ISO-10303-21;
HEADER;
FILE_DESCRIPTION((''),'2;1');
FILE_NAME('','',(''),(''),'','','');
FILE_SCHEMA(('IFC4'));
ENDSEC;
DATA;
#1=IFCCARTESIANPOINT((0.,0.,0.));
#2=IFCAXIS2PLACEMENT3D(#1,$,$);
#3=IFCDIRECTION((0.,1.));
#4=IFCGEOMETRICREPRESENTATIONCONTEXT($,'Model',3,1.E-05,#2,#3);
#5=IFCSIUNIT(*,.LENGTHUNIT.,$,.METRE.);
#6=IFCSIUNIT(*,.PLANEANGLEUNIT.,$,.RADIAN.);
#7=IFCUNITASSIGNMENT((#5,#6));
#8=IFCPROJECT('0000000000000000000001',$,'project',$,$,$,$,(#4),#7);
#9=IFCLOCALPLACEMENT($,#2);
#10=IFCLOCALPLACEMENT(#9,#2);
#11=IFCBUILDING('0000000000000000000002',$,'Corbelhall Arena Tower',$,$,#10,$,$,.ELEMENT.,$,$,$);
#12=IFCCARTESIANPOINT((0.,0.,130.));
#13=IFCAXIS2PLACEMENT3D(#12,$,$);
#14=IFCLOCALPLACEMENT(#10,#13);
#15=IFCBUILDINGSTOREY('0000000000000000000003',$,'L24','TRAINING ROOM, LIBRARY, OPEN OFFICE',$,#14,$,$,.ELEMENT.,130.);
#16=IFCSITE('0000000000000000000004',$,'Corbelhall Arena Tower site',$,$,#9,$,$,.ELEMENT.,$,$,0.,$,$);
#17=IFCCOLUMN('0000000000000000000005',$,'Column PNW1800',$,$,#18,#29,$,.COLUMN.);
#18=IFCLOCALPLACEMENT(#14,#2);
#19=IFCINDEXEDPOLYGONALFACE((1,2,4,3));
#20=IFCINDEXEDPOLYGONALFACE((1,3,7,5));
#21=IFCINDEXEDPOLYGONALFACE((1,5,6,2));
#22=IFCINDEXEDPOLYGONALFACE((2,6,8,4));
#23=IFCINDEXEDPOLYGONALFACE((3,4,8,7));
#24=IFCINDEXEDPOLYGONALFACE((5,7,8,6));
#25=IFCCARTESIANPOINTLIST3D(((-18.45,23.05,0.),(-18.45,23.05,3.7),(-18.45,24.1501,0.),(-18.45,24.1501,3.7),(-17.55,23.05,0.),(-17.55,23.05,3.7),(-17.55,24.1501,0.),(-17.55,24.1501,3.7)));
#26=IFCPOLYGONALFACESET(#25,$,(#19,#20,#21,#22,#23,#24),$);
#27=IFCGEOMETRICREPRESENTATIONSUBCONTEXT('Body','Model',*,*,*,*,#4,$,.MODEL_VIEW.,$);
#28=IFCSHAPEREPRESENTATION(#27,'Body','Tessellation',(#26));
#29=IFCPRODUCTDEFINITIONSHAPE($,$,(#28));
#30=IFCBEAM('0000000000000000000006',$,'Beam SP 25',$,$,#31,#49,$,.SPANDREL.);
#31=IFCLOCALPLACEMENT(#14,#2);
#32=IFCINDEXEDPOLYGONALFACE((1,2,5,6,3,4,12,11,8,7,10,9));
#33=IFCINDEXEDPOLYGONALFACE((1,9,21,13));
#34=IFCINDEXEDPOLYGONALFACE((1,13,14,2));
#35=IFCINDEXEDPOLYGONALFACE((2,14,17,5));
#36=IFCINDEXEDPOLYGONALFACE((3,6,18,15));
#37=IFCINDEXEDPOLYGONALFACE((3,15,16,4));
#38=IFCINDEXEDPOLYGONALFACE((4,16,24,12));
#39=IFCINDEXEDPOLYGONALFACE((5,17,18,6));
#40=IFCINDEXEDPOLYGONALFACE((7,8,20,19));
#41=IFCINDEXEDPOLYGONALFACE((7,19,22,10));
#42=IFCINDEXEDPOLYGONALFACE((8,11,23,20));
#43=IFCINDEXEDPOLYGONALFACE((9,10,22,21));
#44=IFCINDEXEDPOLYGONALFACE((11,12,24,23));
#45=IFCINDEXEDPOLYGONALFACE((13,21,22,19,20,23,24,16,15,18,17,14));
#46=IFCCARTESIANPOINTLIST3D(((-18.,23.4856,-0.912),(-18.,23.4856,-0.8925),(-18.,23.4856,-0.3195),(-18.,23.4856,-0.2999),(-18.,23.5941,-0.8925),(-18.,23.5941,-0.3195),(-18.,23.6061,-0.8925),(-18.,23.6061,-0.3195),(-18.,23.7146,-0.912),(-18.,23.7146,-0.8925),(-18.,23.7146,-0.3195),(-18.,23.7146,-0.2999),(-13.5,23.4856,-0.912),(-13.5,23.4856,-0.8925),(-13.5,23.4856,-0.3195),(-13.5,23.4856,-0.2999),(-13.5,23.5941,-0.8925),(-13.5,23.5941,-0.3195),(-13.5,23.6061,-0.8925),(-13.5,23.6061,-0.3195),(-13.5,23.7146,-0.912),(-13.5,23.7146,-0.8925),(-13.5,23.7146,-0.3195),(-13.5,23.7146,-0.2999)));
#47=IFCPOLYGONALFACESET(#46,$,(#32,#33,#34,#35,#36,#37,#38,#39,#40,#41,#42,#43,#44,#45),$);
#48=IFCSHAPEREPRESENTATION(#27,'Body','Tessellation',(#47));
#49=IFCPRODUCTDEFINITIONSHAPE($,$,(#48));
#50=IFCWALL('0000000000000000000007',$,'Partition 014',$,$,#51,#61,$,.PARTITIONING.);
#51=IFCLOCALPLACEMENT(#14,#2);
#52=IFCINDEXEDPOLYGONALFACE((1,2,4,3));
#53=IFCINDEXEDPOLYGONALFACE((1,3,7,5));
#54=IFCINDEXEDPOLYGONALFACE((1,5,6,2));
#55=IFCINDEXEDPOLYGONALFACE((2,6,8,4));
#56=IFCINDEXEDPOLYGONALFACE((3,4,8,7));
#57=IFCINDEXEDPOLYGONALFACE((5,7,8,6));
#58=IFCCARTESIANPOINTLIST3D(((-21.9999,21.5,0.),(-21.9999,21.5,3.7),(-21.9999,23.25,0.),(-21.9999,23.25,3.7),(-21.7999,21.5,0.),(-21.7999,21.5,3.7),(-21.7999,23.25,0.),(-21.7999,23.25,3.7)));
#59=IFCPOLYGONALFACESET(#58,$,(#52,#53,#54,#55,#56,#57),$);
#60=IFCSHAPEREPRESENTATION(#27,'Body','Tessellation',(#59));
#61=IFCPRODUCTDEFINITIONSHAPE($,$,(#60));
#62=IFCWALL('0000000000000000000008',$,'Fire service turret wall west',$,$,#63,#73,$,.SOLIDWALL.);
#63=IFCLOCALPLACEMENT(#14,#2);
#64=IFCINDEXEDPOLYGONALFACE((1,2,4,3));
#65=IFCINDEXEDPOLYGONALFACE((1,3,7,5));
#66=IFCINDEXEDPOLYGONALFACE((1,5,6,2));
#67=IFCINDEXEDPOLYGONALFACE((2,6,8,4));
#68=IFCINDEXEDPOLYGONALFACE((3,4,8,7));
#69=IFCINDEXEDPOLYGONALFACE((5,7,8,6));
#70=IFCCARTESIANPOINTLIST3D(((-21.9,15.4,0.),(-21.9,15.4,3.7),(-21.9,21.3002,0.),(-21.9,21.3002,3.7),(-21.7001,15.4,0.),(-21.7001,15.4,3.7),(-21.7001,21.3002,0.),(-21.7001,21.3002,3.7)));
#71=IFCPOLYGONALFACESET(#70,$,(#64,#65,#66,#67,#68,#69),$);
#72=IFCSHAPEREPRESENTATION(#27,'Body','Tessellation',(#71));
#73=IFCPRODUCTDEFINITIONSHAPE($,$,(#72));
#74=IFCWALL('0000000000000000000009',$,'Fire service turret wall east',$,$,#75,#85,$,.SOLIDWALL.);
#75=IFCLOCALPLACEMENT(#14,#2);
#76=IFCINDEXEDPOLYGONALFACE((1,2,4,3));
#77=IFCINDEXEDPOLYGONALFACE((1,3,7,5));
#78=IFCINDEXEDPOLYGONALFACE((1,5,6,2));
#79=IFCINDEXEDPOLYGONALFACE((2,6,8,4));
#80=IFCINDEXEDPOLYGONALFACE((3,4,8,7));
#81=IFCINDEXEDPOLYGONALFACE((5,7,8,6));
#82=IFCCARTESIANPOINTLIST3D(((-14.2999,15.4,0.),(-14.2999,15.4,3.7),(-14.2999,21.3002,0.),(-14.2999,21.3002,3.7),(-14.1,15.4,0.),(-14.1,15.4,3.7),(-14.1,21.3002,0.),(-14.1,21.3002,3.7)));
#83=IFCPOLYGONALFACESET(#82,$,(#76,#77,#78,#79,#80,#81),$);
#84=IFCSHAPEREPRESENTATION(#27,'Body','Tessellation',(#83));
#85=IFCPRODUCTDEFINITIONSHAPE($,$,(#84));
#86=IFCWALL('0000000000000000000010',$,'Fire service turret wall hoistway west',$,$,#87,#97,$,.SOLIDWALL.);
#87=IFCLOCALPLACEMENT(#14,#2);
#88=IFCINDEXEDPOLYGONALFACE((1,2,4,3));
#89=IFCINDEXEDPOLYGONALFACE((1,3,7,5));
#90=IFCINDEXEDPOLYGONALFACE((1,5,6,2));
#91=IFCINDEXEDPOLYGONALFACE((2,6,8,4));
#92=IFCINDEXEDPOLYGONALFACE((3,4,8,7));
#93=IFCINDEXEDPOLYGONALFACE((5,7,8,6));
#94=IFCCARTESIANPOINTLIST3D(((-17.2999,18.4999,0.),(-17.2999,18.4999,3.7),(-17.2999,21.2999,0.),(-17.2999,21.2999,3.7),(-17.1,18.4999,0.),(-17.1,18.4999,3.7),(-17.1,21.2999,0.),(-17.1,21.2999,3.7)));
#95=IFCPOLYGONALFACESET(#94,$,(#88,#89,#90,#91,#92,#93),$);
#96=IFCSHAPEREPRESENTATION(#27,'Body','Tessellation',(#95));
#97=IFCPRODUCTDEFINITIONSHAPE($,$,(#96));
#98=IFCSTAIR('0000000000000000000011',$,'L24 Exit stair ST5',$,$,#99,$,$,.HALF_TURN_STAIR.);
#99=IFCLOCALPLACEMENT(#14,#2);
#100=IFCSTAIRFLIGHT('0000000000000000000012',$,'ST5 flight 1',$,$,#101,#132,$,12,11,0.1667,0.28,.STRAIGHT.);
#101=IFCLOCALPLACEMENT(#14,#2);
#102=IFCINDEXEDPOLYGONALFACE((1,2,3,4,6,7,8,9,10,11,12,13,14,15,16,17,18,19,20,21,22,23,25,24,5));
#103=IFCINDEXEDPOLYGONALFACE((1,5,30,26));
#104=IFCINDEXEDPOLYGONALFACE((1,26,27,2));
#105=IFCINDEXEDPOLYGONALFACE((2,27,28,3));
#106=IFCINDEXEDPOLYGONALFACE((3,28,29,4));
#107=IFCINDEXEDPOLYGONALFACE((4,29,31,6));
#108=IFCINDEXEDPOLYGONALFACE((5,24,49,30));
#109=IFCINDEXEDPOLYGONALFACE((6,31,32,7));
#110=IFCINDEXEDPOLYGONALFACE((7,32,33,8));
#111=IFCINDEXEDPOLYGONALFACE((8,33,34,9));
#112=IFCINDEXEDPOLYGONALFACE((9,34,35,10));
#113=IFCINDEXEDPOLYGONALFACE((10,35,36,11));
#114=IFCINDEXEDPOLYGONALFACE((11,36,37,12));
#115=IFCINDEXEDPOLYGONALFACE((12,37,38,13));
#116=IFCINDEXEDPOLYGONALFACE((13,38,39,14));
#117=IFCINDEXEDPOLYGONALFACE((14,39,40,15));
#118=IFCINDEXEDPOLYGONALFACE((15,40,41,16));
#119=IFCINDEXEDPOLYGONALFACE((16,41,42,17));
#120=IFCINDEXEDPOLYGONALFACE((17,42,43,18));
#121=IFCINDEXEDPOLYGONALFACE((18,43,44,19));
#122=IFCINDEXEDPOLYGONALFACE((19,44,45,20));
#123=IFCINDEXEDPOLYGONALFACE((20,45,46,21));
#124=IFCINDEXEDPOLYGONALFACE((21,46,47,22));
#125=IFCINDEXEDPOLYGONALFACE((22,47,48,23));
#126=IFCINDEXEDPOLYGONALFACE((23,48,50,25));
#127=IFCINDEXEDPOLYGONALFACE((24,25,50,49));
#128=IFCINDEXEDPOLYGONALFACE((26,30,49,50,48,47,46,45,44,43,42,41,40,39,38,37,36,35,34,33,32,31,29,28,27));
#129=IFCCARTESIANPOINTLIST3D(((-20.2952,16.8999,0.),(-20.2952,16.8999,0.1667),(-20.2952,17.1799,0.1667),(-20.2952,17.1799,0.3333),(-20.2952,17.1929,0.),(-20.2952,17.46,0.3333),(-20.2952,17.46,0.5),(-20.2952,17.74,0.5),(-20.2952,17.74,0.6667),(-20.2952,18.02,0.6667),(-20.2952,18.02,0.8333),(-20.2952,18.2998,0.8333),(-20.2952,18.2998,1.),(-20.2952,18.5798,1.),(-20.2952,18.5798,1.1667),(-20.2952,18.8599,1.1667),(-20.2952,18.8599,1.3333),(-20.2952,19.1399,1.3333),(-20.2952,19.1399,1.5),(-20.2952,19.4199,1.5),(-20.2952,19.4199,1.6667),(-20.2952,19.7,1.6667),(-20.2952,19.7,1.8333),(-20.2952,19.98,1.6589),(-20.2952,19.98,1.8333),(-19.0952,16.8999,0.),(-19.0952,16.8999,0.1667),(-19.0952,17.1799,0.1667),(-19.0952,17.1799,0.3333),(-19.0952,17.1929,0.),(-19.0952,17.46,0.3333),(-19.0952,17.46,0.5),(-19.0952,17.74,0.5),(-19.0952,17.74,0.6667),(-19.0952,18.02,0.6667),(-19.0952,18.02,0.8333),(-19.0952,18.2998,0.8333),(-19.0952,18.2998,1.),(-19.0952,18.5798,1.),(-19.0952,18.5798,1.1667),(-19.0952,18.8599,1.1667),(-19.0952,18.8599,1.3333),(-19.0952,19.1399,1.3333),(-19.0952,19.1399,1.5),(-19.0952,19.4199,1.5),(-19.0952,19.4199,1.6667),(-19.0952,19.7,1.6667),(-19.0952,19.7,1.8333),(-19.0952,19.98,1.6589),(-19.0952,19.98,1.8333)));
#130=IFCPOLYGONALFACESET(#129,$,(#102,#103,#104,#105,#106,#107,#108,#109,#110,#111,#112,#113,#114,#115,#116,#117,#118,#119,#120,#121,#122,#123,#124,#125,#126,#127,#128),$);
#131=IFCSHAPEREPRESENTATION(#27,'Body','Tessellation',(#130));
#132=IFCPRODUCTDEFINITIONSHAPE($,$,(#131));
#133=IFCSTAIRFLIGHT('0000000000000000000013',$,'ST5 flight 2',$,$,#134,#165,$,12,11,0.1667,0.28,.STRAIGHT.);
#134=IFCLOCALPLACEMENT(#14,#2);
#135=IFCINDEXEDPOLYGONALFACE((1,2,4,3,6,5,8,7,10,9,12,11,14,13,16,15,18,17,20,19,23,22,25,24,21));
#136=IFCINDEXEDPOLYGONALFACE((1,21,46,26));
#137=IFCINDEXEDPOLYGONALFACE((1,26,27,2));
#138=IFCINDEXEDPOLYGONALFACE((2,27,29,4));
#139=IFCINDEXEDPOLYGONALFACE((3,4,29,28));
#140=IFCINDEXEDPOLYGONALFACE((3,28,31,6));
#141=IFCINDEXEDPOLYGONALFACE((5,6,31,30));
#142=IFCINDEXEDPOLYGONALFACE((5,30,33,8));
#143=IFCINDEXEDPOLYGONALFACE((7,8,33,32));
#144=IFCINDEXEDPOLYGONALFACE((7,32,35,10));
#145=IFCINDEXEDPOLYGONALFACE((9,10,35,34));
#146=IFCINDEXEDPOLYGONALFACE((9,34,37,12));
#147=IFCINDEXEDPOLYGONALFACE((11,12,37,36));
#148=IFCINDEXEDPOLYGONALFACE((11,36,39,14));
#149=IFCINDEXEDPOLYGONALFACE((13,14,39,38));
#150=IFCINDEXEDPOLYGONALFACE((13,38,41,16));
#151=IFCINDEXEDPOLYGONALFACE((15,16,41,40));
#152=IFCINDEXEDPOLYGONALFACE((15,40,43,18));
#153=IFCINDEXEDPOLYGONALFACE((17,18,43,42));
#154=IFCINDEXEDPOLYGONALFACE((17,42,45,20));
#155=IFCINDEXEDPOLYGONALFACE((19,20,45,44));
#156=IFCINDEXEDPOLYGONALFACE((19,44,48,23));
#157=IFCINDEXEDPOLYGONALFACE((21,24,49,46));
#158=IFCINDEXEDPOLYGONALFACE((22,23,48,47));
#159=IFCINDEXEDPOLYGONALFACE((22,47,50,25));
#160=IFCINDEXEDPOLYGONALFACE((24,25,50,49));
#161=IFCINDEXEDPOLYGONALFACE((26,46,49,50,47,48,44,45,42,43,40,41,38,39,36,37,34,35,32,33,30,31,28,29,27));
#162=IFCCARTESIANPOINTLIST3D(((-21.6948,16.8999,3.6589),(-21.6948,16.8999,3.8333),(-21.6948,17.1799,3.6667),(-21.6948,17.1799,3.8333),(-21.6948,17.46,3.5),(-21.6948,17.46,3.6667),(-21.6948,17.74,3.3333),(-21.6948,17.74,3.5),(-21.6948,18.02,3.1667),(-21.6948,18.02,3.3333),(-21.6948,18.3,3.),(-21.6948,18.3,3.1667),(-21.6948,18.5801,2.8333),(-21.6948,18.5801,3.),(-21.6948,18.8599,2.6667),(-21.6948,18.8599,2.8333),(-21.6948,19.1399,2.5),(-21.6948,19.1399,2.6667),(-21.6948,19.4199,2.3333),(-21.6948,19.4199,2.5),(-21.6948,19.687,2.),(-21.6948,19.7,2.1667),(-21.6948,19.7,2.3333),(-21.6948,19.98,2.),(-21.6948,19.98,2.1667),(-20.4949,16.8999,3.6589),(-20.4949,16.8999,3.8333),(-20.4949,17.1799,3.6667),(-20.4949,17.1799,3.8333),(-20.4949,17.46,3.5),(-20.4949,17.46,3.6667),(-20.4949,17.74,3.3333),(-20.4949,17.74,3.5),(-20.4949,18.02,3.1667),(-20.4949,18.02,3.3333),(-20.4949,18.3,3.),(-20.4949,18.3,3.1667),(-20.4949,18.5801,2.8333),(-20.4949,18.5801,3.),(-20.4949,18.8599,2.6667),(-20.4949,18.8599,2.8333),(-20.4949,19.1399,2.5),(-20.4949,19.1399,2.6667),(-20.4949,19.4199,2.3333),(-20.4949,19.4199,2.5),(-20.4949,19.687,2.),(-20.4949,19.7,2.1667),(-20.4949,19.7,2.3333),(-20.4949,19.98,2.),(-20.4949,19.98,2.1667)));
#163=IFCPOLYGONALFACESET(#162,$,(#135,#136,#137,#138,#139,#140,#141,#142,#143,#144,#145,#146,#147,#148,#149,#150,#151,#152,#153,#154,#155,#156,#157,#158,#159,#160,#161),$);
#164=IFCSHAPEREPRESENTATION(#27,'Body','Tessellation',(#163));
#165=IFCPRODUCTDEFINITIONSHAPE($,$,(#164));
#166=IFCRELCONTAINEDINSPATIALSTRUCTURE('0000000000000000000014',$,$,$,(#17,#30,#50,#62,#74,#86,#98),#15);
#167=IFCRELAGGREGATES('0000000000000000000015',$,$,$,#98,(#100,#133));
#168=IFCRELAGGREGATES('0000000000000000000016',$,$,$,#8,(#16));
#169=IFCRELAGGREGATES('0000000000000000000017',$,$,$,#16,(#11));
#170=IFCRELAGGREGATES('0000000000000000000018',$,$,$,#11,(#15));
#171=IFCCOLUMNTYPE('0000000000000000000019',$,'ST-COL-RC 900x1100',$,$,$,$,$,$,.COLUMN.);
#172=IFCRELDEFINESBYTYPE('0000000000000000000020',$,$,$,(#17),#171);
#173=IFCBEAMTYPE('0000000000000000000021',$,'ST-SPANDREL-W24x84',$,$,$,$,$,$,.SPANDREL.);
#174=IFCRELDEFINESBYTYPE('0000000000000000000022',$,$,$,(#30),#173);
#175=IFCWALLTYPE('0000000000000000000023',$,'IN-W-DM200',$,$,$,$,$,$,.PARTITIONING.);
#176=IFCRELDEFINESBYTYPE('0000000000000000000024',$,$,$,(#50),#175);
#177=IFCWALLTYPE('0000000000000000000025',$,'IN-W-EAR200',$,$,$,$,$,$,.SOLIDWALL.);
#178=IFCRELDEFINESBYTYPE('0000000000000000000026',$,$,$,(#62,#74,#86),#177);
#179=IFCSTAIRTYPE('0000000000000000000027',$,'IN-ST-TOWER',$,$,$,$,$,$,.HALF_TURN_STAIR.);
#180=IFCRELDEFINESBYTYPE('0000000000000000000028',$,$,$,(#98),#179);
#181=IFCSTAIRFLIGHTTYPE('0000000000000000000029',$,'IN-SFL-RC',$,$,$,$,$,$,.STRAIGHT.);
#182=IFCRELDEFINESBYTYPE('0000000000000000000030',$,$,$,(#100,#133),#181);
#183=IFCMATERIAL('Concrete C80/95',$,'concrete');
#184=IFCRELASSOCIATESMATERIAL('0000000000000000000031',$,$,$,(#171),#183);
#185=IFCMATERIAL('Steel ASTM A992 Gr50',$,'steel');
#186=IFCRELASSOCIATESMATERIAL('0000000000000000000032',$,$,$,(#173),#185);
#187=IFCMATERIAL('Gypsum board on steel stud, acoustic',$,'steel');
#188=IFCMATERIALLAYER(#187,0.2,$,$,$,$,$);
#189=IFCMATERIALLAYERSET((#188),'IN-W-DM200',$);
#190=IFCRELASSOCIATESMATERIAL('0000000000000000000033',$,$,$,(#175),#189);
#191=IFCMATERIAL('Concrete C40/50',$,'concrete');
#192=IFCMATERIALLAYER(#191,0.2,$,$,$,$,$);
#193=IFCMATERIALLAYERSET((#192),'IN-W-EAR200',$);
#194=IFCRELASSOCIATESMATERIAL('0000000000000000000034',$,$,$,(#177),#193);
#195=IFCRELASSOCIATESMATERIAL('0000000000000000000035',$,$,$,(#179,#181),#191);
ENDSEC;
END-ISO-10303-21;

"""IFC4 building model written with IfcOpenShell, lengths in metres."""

from ifc_helpers import new_model, si_unit, direction, frame, frame_2d, origin, origin_2d, place, context, subcontext, project, spatial, polyline, rectangle, i_section, outline, extrude, material, layer, layer_set, material_profile, profile_set, type_object, element, aggregate, save


model = new_model("IFC4")

# Units and contexts
model_context = context("Model", 3, precision=1e-05, world=origin(), true_north=direction((0.0, 1.0)))
body_context = subcontext(model_context, "Body", "Model", "MODEL_VIEW")
ifc_project = project(units=[si_unit("LENGTHUNIT", "METRE"), si_unit("PLANEANGLEUNIT", "RADIAN")], contexts=[model_context])

# Site, building, storey
site_placement = place(None, origin())
site = spatial("IfcSite", under=ifc_project, at=site_placement, Name="Corbelhall Arena Tower site", CompositionType="ELEMENT", RefElevation=0.0)
building_placement = place(site_placement, origin())
building = spatial("IfcBuilding", under=site, at=building_placement, Name="Corbelhall Arena Tower", CompositionType="ELEMENT")
storey_placement = place(building_placement, frame((0.0, 0.0, 130.0)))
storey = spatial("IfcBuildingStorey", under=building, at=storey_placement, Name="L24", Description="TRAINING ROOM, LIBRARY, OPEN OFFICE", CompositionType="ELEMENT", Elevation=130.0)

# Column
ifc_material_1 = material(Name="Concrete C80/95", Category="concrete")
ifc_material_profile_1 = material_profile(ifc_material_1, rectangle(XDim=0.8999, YDim=1.1001, at=origin_2d()))
ifc_profile_set_1 = profile_set([ifc_material_profile_1], Name="Concrete C80/95")
column_type = type_object("IfcColumnType", Name="ST-COL-RC 900x1100", PredefinedType="COLUMN", material=ifc_profile_set_1)
column_placement = place(storey_placement, frame((-18.0, 23.6001, 0.0), z_axis=(0.0, 0.0, 1.0), x_axis=(1.0, 0.0, 0.0)))
element("IfcColumn", 1, at=column_placement, inside=storey, type_object=column_type, Name="Column PNW1800", PredefinedType="COLUMN", context=body_context, shape_type="SweptSolid", body=[
    extrude(rectangle(XDim=0.8999, YDim=1.1001, at=origin_2d()), origin(), (0.0, 0.0, 1.0), 3.7),
])

# Beam
ifc_material_2 = material(Name="Steel ASTM A992 Gr50", Category="steel")
ifc_material_profile_2 = material_profile(ifc_material_2, i_section(OverallWidth=0.229, OverallDepth=0.6121, WebThickness=0.012, FlangeThickness=0.0195, at=origin_2d()))
ifc_profile_set_2 = profile_set([ifc_material_profile_2], Name="Steel ASTM A992 Gr50")
beam_type = type_object("IfcBeamType", Name="ST-SPANDREL-W24x84", PredefinedType="SPANDREL", material=ifc_profile_set_2)
beam_placement = place(storey_placement, frame((-18.0, 23.6001, -0.606), z_axis=(1.0, 0.0, 0.0), x_axis=(0.0, 1.0, 0.0)))
element("IfcBeam", 2, at=beam_placement, inside=storey, type_object=beam_type, Name="Beam SP 25", PredefinedType="SPANDREL", context=body_context, shape_type="SweptSolid", body=[
    extrude(i_section(OverallWidth=0.229, OverallDepth=0.6121, WebThickness=0.012, FlangeThickness=0.0195, at=origin_2d()), origin(), (0.0, 0.0, 1.0), 4.5),
])

# Wall
ifc_material_3 = material(Name="Gypsum board on steel stud, acoustic", Category="steel")
ifc_layer_1 = layer(ifc_material_3, 0.2)
ifc_layer_set_1 = layer_set([ifc_layer_1], Name="IN-W-DM200")
wall_type_1 = type_object("IfcWallType", Name="IN-W-DM200", PredefinedType="PARTITIONING", material=ifc_layer_set_1)
wall_1_placement = place(storey_placement, frame((-21.8999, 21.5, 0.0), z_axis=(0.0, 0.0, 1.0), x_axis=(0.0, 1.0, 0.0)))
element("IfcWall", 3, at=wall_1_placement, inside=storey, type_object=wall_type_1, Name="Partition 014", PredefinedType="PARTITIONING", context=body_context, shape_type="SweptSolid", body=[
    extrude(rectangle(XDim=1.75, YDim=0.2, at=frame_2d((0.875, 0.0))), origin(), (0.0, 0.0, 1.0), 3.7),
])

# Walls
ifc_material_4 = material(Name="Concrete C40/50", Category="concrete")
ifc_layer_2 = layer(ifc_material_4, 0.2)
ifc_layer_set_2 = layer_set([ifc_layer_2], Name="IN-W-EAR200")
wall_type_2 = type_object("IfcWallType", Name="IN-W-EAR200", PredefinedType="SOLIDWALL", material=ifc_layer_set_2)
for number, where, z_axis, x_axis, name in (
    (4, (-21.8, 15.3999, 0.0), (0.0, 0.0, 1.0), (0.0, 1.0, 0.0), "Fire service turret wall west"),
    (5, (-14.2, 15.3999, 0.0), (0.0, 0.0, 1.0), (0.0, 1.0, 0.0), "Fire service turret wall east"),
):
    element("IfcWall", number, at=place(storey_placement, frame(where, z_axis=z_axis, x_axis=x_axis)), inside=storey, type_object=wall_type_2, Name=name, PredefinedType="SOLIDWALL", context=body_context, shape_type="SweptSolid", body=[
        extrude(rectangle(XDim=5.9001, YDim=0.2, at=frame_2d((2.9502, 0.0))), origin(), (0.0, 0.0, 1.0), 3.7),
    ])

# Wall
wall_2_placement = place(storey_placement, frame((-17.2, 18.5, 0.0), z_axis=(0.0, 0.0, 1.0), x_axis=(0.0, 1.0, 0.0)))
element("IfcWall", 6, at=wall_2_placement, inside=storey, type_object=wall_type_2, Name="Fire service turret wall hoistway west", PredefinedType="SOLIDWALL", context=body_context, shape_type="SweptSolid", body=[
    extrude(rectangle(XDim=2.8, YDim=0.2, at=frame_2d((1.3999, 0.0))), origin(), (0.0, 0.0, 1.0), 3.7),
])

# Stair, stair flights
stair_type = type_object("IfcStairType", Name="IN-ST-TOWER", PredefinedType="HALF_TURN_STAIR", material=ifc_material_4)
stair_placement = place(storey_placement, origin())
stair = element("IfcStair", 7, at=stair_placement, inside=storey, type_object=stair_type, Name="L24 Exit stair ST5", PredefinedType="HALF_TURN_STAIR")
stair_flight_type = type_object("IfcStairFlightType", Name="IN-SFL-RC", PredefinedType="STRAIGHT", material=ifc_material_4)
stair_flight_1_placement = place(storey_placement, frame((-19.6951, 16.8999, 0.0), z_axis=(0.0, 0.0, 1.0), x_axis=(0.0, 1.0, 0.0)))
stair_flight_1 = element("IfcStairFlight", 8, at=stair_flight_1_placement, type_object=stair_flight_type, Name="ST5 flight 1", NumberOfRisers=12, NumberOfTreads=11, PredefinedType="STRAIGHT", RiserHeight=0.1667, TreadLength=0.28, context=body_context, shape_type="SweptSolid", body=[
    extrude(outline(polyline([(0.0, 0.0), (0.0, 0.1667), (0.28, 0.1667), (0.28, 0.3333), (0.5601, 0.3333), (0.5601, 0.5), (0.8401, 0.5), (0.8401, 0.6667), (1.1201, 0.6667), (1.1201, 0.8333), (1.3999, 0.8333), (1.3999, 1.0), (1.6799, 1.0), (1.6799, 1.1667), (1.96, 1.1667), (1.96, 1.3333), (2.24, 1.3333), (2.24, 1.5), (2.52, 1.5), (2.52, 1.6667), (2.8, 1.6667), (2.8, 1.8333), (3.0801, 1.8333), (3.0801, 2.0), (3.0801, 1.6589), (0.293, 0.0), (0.0, 0.0)])), frame((0.0, 0.6001, 0.0), z_axis=(0.0, -1.0, 0.0), x_axis=(1.0, 0.0, 0.0)), (0.0, 0.0, 1.0), 1.2),
])
stair_flight_2_placement = place(storey_placement, frame((-21.095, 19.98, 2.0), z_axis=(0.0, 0.0, 1.0), x_axis=(0.0, -1.0, 0.0)))
stair_flight_2 = element("IfcStairFlight", 9, at=stair_flight_2_placement, type_object=stair_flight_type, Name="ST5 flight 2", NumberOfRisers=12, NumberOfTreads=11, PredefinedType="STRAIGHT", RiserHeight=0.1667, TreadLength=0.28, context=body_context, shape_type="SweptSolid", body=[
    extrude(outline(polyline([(0.0, 0.0), (0.0, 0.1667), (0.28, 0.1667), (0.28, 0.3333), (0.5601, 0.3333), (0.5601, 0.5), (0.8401, 0.5), (0.8401, 0.6667), (1.1201, 0.6667), (1.1201, 0.8333), (1.3999, 0.8333), (1.3999, 1.0), (1.6799, 1.0), (1.6799, 1.1667), (1.96, 1.1667), (1.96, 1.3333), (2.24, 1.3333), (2.24, 1.5), (2.52, 1.5), (2.52, 1.6667), (2.8, 1.6667), (2.8, 1.8333), (3.0801, 1.8333), (3.0801, 2.0), (3.0801, 1.6589), (0.293, 0.0), (0.0, 0.0)])), frame((0.0, 0.6001, 0.0), z_axis=(0.0, -1.0, 0.0), x_axis=(1.0, 0.0, 0.0)), (0.0, 0.0, 1.0), 1.2),
])
aggregate(stair, [stair_flight_1, stair_flight_2])

save(model, "model.ifc")
